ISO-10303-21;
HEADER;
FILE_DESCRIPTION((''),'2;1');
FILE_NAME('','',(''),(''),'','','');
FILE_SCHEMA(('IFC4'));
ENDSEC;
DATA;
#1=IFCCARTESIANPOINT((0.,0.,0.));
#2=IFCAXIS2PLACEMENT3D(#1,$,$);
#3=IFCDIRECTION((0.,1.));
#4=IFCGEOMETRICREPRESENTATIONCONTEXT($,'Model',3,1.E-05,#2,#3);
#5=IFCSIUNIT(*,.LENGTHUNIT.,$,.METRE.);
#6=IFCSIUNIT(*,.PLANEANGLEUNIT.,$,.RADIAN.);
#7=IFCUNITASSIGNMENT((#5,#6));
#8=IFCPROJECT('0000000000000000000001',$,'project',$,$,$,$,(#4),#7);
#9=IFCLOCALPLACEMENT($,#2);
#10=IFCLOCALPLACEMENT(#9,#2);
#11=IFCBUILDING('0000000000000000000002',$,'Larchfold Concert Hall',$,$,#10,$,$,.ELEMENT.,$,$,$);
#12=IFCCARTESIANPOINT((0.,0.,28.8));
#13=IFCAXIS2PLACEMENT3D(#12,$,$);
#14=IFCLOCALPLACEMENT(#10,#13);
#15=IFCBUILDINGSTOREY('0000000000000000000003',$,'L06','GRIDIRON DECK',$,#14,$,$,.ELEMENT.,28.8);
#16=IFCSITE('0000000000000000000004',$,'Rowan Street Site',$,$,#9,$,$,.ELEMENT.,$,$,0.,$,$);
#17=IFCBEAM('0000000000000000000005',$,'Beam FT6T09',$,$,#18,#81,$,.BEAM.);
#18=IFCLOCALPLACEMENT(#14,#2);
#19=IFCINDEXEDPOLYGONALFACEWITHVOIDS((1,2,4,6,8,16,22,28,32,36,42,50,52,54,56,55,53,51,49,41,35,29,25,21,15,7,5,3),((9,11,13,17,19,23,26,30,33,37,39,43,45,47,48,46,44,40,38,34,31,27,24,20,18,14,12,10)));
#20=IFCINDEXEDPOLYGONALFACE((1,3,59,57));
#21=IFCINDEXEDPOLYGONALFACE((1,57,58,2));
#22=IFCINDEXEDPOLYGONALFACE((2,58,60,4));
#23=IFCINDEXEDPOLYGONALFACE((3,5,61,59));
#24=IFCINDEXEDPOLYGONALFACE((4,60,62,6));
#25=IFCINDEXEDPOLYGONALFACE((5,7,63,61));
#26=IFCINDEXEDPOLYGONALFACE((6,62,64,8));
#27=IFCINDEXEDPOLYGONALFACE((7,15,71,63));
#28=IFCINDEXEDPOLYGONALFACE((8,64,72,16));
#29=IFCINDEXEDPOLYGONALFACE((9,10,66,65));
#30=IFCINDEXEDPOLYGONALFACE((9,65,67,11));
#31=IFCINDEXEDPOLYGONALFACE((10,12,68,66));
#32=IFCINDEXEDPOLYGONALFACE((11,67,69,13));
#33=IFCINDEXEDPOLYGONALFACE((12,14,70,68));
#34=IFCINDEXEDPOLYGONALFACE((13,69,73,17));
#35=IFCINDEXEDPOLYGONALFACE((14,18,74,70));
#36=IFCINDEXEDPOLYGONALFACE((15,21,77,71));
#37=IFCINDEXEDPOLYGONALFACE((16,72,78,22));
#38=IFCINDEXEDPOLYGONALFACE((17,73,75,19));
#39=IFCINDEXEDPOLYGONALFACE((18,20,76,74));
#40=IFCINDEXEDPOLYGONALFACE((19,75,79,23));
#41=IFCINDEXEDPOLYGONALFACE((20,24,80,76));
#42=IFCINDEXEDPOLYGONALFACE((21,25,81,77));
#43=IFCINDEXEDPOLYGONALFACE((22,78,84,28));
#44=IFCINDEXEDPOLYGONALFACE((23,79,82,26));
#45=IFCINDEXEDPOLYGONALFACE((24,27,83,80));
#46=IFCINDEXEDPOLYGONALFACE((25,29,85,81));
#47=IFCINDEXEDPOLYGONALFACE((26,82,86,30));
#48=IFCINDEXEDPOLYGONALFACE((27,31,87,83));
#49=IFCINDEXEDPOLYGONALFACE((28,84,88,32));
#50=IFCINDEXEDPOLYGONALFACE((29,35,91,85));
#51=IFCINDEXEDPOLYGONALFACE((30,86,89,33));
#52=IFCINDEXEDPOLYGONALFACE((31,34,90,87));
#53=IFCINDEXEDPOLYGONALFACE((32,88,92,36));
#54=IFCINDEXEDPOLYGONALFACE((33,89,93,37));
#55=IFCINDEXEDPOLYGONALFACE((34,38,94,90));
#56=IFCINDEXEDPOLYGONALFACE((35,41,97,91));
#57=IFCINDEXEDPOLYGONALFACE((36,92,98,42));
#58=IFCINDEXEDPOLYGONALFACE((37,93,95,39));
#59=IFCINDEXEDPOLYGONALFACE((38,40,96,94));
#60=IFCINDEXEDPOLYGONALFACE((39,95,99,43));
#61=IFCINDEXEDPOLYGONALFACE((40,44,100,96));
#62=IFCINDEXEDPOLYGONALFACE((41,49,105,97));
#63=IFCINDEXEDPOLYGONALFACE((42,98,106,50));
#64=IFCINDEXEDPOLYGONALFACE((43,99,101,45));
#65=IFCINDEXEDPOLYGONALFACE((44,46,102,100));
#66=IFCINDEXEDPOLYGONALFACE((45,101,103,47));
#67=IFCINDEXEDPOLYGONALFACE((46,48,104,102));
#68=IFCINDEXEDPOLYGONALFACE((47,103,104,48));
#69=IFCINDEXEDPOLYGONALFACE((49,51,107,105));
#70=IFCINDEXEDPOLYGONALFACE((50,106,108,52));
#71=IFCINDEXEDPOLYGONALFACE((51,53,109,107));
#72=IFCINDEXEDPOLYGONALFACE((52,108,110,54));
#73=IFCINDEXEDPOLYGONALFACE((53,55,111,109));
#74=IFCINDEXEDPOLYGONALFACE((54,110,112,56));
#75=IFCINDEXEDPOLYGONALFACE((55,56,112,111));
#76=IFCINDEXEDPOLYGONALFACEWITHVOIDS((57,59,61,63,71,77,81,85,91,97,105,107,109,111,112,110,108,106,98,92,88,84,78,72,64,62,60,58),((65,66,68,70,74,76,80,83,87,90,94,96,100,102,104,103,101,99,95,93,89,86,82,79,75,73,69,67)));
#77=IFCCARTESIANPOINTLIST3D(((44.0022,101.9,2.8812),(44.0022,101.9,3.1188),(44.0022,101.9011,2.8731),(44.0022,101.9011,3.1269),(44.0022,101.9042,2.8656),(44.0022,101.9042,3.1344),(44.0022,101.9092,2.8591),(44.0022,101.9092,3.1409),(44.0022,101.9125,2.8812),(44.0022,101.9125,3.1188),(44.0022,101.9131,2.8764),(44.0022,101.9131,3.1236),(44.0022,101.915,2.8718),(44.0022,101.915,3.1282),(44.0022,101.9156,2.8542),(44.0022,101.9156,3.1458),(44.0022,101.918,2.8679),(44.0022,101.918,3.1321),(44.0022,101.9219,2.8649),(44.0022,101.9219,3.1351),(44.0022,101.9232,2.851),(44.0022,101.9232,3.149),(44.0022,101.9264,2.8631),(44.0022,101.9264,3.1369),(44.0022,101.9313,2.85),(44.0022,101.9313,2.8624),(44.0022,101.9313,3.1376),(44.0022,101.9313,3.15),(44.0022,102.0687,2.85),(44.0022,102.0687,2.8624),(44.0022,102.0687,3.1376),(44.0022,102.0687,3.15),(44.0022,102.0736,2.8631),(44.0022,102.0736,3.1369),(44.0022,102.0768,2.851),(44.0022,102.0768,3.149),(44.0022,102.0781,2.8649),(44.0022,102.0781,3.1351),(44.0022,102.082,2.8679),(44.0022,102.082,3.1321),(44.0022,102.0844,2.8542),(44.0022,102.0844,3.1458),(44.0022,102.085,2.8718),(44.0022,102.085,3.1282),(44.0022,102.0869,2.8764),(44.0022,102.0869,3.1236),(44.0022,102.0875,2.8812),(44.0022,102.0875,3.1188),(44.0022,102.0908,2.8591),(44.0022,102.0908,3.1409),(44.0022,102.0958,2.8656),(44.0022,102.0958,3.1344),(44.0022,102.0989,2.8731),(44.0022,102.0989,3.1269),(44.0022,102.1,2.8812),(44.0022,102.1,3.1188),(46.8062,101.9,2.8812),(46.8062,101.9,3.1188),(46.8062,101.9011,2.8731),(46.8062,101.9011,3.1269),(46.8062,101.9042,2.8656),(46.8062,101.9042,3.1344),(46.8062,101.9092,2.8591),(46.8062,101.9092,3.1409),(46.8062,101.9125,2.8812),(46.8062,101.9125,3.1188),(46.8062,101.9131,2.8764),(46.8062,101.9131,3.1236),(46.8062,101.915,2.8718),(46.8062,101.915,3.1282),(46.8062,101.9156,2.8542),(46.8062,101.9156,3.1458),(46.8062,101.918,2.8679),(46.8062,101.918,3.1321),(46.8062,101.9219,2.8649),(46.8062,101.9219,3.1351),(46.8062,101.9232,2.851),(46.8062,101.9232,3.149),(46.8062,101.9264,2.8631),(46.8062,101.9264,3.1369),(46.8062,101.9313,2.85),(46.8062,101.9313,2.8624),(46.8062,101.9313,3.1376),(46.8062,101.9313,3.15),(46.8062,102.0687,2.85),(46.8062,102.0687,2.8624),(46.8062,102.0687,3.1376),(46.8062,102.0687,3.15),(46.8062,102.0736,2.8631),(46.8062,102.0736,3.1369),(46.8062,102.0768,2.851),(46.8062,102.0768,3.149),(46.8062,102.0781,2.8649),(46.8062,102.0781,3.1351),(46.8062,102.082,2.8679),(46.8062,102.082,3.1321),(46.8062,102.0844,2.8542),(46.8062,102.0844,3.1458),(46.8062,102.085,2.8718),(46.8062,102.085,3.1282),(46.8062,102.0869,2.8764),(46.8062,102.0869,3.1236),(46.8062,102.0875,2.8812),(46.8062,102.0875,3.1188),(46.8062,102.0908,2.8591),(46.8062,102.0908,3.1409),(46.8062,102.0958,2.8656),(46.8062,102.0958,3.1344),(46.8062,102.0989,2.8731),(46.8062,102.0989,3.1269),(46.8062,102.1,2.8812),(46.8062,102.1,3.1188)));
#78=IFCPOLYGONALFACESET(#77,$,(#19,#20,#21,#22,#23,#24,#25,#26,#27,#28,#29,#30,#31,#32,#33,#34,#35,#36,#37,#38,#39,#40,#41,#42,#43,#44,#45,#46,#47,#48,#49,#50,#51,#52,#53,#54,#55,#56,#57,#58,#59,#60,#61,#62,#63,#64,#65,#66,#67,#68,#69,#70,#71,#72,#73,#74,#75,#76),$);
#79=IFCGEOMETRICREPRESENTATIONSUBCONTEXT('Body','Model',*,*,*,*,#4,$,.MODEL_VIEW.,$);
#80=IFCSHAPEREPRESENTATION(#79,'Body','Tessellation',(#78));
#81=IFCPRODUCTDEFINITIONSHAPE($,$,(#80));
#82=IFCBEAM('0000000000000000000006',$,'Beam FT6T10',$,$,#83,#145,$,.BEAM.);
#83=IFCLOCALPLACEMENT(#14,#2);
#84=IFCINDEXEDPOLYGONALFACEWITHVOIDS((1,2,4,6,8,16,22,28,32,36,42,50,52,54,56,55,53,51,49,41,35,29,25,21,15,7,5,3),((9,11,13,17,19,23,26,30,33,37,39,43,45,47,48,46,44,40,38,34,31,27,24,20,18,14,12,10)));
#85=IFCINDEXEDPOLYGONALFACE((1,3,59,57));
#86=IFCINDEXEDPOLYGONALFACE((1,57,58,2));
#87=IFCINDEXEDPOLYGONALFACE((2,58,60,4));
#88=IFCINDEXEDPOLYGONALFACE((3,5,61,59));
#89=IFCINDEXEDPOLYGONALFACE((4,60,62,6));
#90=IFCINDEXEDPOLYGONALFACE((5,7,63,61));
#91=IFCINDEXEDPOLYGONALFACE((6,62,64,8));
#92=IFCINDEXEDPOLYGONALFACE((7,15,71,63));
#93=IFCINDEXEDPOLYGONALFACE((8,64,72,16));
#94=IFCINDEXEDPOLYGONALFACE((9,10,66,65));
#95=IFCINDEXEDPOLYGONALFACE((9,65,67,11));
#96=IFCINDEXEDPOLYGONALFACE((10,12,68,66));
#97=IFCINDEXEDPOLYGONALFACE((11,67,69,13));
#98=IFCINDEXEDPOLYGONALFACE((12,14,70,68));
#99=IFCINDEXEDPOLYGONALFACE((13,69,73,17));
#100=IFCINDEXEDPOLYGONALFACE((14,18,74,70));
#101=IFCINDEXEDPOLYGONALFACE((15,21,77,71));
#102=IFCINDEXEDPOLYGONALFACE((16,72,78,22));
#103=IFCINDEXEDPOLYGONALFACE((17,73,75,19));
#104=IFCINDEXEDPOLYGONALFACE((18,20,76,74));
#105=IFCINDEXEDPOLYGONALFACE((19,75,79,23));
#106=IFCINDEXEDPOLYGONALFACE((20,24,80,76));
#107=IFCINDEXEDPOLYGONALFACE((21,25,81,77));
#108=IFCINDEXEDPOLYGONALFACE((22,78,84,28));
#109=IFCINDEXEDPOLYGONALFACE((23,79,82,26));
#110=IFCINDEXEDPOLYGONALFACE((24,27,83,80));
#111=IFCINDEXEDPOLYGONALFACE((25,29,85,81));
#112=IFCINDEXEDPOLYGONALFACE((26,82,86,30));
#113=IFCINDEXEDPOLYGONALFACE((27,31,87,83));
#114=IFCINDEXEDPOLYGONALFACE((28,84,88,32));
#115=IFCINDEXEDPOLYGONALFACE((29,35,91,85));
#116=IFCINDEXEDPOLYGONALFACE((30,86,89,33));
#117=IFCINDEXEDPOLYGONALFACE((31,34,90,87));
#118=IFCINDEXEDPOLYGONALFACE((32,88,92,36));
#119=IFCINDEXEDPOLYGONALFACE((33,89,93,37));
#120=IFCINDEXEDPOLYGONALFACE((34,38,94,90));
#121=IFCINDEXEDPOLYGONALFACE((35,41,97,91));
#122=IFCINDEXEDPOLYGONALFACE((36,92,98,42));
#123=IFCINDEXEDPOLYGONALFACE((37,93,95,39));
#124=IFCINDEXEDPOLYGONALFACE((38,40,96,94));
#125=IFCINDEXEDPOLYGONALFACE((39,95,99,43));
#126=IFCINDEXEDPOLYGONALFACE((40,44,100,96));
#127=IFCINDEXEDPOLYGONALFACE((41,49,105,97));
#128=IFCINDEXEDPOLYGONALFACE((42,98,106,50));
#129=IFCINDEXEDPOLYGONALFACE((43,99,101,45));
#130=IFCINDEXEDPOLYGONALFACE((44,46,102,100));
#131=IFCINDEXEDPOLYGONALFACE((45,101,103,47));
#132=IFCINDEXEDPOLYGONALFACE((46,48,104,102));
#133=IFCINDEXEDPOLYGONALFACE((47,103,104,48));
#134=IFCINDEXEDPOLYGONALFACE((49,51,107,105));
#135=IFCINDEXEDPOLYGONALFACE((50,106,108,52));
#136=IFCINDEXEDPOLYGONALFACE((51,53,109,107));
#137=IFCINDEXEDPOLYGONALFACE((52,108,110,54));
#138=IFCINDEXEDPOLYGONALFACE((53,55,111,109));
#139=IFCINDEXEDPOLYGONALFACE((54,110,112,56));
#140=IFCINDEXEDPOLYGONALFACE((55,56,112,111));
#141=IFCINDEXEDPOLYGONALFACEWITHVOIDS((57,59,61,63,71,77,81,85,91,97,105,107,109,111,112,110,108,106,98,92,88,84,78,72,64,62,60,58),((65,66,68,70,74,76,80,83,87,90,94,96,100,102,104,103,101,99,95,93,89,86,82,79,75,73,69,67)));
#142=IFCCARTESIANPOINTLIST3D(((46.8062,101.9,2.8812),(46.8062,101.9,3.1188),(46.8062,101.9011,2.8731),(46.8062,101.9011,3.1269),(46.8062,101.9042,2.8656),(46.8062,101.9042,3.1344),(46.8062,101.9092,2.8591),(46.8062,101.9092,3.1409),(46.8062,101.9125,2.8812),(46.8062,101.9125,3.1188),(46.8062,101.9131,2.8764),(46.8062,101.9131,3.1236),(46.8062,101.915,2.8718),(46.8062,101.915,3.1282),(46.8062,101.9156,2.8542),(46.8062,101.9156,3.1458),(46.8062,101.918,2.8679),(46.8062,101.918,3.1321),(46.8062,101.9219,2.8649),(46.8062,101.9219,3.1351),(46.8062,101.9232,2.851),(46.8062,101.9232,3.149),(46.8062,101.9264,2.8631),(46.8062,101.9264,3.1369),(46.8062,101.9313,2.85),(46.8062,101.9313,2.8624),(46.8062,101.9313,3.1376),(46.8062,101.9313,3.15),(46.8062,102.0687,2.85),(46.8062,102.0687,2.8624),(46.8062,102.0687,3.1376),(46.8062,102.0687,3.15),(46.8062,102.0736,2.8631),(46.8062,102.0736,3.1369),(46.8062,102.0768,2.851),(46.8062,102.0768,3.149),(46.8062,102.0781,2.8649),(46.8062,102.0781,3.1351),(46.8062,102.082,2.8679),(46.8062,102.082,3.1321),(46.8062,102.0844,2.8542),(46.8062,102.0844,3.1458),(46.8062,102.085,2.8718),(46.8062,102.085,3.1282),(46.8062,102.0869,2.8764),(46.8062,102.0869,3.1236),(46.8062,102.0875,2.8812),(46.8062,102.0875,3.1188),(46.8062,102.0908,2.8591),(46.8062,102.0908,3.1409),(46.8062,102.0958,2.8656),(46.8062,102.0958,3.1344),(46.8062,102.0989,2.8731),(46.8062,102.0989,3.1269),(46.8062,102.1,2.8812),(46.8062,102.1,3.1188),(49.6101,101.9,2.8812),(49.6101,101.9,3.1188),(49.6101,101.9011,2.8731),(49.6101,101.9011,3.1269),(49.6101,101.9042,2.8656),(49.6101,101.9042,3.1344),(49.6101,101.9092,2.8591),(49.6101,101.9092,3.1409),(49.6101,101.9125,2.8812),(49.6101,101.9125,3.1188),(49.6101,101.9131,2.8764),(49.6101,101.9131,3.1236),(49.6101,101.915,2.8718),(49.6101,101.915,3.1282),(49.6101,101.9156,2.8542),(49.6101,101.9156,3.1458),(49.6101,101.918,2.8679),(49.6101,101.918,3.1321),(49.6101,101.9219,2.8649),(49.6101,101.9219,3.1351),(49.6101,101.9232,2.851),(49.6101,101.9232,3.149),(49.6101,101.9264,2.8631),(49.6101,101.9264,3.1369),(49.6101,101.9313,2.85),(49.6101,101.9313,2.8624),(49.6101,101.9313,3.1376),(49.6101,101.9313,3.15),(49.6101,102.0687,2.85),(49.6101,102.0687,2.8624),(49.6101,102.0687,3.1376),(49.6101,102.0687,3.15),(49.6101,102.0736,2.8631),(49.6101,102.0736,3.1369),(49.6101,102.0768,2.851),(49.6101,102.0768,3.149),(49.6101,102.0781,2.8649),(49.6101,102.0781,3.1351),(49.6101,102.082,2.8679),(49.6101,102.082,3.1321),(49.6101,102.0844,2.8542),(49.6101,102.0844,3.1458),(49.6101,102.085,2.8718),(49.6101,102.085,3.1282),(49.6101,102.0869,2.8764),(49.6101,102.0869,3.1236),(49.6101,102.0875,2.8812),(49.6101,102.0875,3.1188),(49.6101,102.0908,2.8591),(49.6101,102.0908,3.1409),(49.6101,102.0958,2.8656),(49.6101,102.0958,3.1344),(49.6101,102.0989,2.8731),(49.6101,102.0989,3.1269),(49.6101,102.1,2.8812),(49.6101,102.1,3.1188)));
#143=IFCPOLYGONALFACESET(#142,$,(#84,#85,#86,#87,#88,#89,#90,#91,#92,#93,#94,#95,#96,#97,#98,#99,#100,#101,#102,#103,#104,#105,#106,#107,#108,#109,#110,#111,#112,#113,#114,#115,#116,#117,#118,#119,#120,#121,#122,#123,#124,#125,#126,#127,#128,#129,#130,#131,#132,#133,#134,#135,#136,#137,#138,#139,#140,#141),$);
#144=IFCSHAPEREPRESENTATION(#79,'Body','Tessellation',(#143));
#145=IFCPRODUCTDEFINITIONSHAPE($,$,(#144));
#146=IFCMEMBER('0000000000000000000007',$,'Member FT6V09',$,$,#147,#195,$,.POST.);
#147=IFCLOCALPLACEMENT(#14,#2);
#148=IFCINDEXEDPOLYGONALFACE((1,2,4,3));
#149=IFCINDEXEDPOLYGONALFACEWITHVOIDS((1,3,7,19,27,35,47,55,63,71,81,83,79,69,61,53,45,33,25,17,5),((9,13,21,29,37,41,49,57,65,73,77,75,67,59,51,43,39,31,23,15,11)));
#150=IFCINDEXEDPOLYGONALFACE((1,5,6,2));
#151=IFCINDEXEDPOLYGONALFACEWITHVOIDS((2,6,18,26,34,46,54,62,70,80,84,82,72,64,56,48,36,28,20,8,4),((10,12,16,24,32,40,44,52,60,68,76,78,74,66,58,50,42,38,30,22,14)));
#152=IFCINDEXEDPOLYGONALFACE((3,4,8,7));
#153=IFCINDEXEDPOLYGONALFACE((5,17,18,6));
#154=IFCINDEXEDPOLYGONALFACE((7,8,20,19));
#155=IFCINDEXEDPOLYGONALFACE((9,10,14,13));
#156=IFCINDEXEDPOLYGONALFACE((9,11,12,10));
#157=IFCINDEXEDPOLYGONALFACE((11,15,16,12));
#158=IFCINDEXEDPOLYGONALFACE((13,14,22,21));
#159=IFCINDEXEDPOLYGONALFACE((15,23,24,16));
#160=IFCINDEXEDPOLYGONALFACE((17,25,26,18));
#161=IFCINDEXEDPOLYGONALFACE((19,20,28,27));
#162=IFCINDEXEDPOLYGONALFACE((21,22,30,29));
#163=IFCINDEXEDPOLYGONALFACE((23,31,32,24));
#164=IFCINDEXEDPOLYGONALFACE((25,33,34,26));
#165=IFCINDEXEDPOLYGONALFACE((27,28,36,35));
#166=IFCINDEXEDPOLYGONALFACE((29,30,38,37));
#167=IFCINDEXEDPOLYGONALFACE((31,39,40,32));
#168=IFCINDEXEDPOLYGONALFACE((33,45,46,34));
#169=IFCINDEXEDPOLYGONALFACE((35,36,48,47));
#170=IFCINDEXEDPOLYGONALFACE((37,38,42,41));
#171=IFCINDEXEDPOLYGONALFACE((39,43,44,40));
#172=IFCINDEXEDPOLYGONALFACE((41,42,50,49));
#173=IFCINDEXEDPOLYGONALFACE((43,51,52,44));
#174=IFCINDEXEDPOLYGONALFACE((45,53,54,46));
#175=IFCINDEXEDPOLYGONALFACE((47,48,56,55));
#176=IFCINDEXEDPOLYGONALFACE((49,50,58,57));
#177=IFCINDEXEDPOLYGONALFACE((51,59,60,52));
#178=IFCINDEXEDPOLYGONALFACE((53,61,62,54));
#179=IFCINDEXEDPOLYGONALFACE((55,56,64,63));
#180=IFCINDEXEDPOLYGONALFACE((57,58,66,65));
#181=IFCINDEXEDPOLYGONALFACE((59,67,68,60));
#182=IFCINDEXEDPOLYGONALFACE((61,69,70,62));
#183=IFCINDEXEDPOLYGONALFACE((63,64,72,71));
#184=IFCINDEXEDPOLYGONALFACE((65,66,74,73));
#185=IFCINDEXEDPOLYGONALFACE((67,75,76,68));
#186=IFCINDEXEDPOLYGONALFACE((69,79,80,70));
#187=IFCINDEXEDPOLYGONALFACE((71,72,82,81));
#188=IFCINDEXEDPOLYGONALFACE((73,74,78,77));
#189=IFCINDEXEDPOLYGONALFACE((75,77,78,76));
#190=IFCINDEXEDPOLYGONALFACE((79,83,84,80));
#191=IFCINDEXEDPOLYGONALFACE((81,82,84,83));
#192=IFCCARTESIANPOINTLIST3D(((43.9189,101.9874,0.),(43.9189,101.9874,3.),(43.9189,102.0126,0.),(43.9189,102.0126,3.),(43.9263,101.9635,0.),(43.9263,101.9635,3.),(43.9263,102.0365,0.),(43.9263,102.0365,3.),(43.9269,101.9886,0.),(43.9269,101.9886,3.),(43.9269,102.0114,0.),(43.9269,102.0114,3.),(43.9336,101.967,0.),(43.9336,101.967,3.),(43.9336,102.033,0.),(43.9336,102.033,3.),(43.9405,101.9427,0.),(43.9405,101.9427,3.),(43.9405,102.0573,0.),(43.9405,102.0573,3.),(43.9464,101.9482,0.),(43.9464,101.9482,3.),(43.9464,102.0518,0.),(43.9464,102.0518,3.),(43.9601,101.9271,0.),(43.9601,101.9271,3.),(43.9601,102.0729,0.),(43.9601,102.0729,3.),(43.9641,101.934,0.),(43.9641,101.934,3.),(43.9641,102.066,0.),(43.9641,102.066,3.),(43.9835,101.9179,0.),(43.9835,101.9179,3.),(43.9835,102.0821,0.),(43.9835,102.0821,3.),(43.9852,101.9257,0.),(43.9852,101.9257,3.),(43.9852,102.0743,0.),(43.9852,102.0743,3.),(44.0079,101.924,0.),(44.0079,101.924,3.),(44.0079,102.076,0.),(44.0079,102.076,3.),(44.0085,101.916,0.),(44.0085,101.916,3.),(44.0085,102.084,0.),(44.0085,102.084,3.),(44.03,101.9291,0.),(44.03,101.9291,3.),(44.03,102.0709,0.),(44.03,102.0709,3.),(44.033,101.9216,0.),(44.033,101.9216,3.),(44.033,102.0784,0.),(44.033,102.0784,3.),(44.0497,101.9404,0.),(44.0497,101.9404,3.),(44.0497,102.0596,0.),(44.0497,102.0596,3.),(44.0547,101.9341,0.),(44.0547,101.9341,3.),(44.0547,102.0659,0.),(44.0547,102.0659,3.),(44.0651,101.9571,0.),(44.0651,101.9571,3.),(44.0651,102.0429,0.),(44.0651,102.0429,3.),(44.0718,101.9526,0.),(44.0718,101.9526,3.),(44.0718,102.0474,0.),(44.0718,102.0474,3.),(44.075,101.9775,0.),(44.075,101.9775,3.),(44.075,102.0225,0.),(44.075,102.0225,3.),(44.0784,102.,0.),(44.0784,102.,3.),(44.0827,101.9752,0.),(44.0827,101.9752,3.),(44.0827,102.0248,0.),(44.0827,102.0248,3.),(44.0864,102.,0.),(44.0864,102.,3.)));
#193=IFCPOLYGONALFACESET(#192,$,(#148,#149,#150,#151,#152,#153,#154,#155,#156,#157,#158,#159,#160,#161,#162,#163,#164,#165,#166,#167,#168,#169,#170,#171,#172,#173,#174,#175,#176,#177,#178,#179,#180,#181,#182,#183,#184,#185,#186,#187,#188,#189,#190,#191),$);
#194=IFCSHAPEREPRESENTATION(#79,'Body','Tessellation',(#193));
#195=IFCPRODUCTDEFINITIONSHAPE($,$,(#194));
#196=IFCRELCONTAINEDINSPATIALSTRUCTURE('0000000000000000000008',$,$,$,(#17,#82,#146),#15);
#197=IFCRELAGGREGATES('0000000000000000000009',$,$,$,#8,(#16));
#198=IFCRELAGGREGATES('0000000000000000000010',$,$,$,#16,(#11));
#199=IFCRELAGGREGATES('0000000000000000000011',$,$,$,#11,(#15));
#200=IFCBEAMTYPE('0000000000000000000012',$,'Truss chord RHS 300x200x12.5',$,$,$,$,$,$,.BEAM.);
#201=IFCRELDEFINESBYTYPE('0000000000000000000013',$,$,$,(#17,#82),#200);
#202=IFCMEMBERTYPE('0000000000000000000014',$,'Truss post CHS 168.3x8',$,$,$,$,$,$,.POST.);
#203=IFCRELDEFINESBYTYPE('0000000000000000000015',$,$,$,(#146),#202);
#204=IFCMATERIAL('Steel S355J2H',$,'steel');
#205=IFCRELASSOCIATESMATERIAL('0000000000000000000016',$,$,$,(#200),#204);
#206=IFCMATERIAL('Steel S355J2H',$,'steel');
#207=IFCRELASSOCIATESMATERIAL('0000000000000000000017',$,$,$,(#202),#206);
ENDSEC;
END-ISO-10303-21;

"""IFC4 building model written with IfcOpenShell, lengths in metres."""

from ifc_helpers import new_model, si_unit, direction, frame, origin, origin_2d, place, context, subcontext, project, spatial, hollow_rectangle, hollow_circle, extrude, material, material_profile, profile_set, type_object, element, save


model = new_model("IFC4")

# Units and contexts
model_context = context("Model", 3, precision=1e-05, world=origin(), true_north=direction((0.0, 1.0)))
body_context = subcontext(model_context, "Body", "Model", "MODEL_VIEW")
ifc_project = project(units=[si_unit("LENGTHUNIT", "METRE"), si_unit("PLANEANGLEUNIT", "RADIAN")], contexts=[model_context])

# Site, building, storey
site_placement = place(None, origin())
site = spatial("IfcSite", under=ifc_project, at=site_placement, Name="Rowan Street Site", CompositionType="ELEMENT", RefElevation=0.0)
building_placement = place(site_placement, origin())
building = spatial("IfcBuilding", under=site, at=building_placement, Name="Larchfold Concert Hall", CompositionType="ELEMENT")
storey_placement = place(building_placement, frame((0.0, 0.0, 28.8)))
storey = spatial("IfcBuildingStorey", under=building, at=storey_placement, Name="L06", Description="GRIDIRON DECK", CompositionType="ELEMENT", Elevation=28.8)

# Beams
ifc_material_1 = material(Name="Steel S355J2H", Category="steel")
ifc_material_profile_1 = material_profile(ifc_material_1, hollow_rectangle(XDim=0.2, YDim=0.3, WallThickness=0.0125, InnerFilletRadius=0.0188, OuterFilletRadius=0.0312, at=origin_2d()))
ifc_profile_set_1 = profile_set([ifc_material_profile_1], Name="Steel S355J2H")
beam_type_1 = type_object("IfcBeamType", Name="Truss chord RHS 300x200x12.5", PredefinedType="BEAM", material=ifc_profile_set_1)
for number, where, z_axis, x_axis, name in (
    (1, (44.0022, 102.0, 3.0), (1.0, 0.0, 0.0), (0.0, 1.0, 0.0), "Beam FT6T09"),
    (2, (46.8062, 102.0, 3.0), (1.0, 0.0, 0.0), (0.0, 1.0, 0.0), "Beam FT6T10"),
):
    element("IfcBeam", number, at=place(storey_placement, frame(where, z_axis=z_axis, x_axis=x_axis)), inside=storey, type_object=beam_type_1, Name=name, PredefinedType="BEAM", context=body_context, shape_type="SweptSolid", body=[
        extrude(hollow_rectangle(XDim=0.2, YDim=0.3, WallThickness=0.0125, InnerFilletRadius=0.0188, OuterFilletRadius=0.0312, at=origin_2d()), origin(), (0.0, 0.0, 1.0), 2.804),
    ])

# Member
ifc_material_2 = material(Name="Steel S355J2H", Category="steel")
ifc_material_profile_2 = material_profile(ifc_material_2, hollow_circle(Radius=0.0842, WallThickness=0.0081, at=origin_2d()))
ifc_profile_set_2 = profile_set([ifc_material_profile_2], Name="Steel S355J2H")
member_type_1 = type_object("IfcMemberType", Name="Truss post CHS 168.3x8", PredefinedType="POST", material=ifc_profile_set_2)
for number, where, z_axis, x_axis, name in (
    (3, (44.0022, 102.0, 3.0), (0.0, 0.0, -1.0), (1.0, 0.0, 0.0), "Member FT6V09"),
):
    element("IfcMember", number, at=place(storey_placement, frame(where, z_axis=z_axis, x_axis=x_axis)), inside=storey, type_object=member_type_1, Name=name, PredefinedType="POST", context=body_context, shape_type="SweptSolid", body=[
        extrude(hollow_circle(Radius=0.0842, WallThickness=0.0081, at=origin_2d()), origin(), (0.0, 0.0, 1.0), 3.0),
    ])

save(model, "model.ifc")
